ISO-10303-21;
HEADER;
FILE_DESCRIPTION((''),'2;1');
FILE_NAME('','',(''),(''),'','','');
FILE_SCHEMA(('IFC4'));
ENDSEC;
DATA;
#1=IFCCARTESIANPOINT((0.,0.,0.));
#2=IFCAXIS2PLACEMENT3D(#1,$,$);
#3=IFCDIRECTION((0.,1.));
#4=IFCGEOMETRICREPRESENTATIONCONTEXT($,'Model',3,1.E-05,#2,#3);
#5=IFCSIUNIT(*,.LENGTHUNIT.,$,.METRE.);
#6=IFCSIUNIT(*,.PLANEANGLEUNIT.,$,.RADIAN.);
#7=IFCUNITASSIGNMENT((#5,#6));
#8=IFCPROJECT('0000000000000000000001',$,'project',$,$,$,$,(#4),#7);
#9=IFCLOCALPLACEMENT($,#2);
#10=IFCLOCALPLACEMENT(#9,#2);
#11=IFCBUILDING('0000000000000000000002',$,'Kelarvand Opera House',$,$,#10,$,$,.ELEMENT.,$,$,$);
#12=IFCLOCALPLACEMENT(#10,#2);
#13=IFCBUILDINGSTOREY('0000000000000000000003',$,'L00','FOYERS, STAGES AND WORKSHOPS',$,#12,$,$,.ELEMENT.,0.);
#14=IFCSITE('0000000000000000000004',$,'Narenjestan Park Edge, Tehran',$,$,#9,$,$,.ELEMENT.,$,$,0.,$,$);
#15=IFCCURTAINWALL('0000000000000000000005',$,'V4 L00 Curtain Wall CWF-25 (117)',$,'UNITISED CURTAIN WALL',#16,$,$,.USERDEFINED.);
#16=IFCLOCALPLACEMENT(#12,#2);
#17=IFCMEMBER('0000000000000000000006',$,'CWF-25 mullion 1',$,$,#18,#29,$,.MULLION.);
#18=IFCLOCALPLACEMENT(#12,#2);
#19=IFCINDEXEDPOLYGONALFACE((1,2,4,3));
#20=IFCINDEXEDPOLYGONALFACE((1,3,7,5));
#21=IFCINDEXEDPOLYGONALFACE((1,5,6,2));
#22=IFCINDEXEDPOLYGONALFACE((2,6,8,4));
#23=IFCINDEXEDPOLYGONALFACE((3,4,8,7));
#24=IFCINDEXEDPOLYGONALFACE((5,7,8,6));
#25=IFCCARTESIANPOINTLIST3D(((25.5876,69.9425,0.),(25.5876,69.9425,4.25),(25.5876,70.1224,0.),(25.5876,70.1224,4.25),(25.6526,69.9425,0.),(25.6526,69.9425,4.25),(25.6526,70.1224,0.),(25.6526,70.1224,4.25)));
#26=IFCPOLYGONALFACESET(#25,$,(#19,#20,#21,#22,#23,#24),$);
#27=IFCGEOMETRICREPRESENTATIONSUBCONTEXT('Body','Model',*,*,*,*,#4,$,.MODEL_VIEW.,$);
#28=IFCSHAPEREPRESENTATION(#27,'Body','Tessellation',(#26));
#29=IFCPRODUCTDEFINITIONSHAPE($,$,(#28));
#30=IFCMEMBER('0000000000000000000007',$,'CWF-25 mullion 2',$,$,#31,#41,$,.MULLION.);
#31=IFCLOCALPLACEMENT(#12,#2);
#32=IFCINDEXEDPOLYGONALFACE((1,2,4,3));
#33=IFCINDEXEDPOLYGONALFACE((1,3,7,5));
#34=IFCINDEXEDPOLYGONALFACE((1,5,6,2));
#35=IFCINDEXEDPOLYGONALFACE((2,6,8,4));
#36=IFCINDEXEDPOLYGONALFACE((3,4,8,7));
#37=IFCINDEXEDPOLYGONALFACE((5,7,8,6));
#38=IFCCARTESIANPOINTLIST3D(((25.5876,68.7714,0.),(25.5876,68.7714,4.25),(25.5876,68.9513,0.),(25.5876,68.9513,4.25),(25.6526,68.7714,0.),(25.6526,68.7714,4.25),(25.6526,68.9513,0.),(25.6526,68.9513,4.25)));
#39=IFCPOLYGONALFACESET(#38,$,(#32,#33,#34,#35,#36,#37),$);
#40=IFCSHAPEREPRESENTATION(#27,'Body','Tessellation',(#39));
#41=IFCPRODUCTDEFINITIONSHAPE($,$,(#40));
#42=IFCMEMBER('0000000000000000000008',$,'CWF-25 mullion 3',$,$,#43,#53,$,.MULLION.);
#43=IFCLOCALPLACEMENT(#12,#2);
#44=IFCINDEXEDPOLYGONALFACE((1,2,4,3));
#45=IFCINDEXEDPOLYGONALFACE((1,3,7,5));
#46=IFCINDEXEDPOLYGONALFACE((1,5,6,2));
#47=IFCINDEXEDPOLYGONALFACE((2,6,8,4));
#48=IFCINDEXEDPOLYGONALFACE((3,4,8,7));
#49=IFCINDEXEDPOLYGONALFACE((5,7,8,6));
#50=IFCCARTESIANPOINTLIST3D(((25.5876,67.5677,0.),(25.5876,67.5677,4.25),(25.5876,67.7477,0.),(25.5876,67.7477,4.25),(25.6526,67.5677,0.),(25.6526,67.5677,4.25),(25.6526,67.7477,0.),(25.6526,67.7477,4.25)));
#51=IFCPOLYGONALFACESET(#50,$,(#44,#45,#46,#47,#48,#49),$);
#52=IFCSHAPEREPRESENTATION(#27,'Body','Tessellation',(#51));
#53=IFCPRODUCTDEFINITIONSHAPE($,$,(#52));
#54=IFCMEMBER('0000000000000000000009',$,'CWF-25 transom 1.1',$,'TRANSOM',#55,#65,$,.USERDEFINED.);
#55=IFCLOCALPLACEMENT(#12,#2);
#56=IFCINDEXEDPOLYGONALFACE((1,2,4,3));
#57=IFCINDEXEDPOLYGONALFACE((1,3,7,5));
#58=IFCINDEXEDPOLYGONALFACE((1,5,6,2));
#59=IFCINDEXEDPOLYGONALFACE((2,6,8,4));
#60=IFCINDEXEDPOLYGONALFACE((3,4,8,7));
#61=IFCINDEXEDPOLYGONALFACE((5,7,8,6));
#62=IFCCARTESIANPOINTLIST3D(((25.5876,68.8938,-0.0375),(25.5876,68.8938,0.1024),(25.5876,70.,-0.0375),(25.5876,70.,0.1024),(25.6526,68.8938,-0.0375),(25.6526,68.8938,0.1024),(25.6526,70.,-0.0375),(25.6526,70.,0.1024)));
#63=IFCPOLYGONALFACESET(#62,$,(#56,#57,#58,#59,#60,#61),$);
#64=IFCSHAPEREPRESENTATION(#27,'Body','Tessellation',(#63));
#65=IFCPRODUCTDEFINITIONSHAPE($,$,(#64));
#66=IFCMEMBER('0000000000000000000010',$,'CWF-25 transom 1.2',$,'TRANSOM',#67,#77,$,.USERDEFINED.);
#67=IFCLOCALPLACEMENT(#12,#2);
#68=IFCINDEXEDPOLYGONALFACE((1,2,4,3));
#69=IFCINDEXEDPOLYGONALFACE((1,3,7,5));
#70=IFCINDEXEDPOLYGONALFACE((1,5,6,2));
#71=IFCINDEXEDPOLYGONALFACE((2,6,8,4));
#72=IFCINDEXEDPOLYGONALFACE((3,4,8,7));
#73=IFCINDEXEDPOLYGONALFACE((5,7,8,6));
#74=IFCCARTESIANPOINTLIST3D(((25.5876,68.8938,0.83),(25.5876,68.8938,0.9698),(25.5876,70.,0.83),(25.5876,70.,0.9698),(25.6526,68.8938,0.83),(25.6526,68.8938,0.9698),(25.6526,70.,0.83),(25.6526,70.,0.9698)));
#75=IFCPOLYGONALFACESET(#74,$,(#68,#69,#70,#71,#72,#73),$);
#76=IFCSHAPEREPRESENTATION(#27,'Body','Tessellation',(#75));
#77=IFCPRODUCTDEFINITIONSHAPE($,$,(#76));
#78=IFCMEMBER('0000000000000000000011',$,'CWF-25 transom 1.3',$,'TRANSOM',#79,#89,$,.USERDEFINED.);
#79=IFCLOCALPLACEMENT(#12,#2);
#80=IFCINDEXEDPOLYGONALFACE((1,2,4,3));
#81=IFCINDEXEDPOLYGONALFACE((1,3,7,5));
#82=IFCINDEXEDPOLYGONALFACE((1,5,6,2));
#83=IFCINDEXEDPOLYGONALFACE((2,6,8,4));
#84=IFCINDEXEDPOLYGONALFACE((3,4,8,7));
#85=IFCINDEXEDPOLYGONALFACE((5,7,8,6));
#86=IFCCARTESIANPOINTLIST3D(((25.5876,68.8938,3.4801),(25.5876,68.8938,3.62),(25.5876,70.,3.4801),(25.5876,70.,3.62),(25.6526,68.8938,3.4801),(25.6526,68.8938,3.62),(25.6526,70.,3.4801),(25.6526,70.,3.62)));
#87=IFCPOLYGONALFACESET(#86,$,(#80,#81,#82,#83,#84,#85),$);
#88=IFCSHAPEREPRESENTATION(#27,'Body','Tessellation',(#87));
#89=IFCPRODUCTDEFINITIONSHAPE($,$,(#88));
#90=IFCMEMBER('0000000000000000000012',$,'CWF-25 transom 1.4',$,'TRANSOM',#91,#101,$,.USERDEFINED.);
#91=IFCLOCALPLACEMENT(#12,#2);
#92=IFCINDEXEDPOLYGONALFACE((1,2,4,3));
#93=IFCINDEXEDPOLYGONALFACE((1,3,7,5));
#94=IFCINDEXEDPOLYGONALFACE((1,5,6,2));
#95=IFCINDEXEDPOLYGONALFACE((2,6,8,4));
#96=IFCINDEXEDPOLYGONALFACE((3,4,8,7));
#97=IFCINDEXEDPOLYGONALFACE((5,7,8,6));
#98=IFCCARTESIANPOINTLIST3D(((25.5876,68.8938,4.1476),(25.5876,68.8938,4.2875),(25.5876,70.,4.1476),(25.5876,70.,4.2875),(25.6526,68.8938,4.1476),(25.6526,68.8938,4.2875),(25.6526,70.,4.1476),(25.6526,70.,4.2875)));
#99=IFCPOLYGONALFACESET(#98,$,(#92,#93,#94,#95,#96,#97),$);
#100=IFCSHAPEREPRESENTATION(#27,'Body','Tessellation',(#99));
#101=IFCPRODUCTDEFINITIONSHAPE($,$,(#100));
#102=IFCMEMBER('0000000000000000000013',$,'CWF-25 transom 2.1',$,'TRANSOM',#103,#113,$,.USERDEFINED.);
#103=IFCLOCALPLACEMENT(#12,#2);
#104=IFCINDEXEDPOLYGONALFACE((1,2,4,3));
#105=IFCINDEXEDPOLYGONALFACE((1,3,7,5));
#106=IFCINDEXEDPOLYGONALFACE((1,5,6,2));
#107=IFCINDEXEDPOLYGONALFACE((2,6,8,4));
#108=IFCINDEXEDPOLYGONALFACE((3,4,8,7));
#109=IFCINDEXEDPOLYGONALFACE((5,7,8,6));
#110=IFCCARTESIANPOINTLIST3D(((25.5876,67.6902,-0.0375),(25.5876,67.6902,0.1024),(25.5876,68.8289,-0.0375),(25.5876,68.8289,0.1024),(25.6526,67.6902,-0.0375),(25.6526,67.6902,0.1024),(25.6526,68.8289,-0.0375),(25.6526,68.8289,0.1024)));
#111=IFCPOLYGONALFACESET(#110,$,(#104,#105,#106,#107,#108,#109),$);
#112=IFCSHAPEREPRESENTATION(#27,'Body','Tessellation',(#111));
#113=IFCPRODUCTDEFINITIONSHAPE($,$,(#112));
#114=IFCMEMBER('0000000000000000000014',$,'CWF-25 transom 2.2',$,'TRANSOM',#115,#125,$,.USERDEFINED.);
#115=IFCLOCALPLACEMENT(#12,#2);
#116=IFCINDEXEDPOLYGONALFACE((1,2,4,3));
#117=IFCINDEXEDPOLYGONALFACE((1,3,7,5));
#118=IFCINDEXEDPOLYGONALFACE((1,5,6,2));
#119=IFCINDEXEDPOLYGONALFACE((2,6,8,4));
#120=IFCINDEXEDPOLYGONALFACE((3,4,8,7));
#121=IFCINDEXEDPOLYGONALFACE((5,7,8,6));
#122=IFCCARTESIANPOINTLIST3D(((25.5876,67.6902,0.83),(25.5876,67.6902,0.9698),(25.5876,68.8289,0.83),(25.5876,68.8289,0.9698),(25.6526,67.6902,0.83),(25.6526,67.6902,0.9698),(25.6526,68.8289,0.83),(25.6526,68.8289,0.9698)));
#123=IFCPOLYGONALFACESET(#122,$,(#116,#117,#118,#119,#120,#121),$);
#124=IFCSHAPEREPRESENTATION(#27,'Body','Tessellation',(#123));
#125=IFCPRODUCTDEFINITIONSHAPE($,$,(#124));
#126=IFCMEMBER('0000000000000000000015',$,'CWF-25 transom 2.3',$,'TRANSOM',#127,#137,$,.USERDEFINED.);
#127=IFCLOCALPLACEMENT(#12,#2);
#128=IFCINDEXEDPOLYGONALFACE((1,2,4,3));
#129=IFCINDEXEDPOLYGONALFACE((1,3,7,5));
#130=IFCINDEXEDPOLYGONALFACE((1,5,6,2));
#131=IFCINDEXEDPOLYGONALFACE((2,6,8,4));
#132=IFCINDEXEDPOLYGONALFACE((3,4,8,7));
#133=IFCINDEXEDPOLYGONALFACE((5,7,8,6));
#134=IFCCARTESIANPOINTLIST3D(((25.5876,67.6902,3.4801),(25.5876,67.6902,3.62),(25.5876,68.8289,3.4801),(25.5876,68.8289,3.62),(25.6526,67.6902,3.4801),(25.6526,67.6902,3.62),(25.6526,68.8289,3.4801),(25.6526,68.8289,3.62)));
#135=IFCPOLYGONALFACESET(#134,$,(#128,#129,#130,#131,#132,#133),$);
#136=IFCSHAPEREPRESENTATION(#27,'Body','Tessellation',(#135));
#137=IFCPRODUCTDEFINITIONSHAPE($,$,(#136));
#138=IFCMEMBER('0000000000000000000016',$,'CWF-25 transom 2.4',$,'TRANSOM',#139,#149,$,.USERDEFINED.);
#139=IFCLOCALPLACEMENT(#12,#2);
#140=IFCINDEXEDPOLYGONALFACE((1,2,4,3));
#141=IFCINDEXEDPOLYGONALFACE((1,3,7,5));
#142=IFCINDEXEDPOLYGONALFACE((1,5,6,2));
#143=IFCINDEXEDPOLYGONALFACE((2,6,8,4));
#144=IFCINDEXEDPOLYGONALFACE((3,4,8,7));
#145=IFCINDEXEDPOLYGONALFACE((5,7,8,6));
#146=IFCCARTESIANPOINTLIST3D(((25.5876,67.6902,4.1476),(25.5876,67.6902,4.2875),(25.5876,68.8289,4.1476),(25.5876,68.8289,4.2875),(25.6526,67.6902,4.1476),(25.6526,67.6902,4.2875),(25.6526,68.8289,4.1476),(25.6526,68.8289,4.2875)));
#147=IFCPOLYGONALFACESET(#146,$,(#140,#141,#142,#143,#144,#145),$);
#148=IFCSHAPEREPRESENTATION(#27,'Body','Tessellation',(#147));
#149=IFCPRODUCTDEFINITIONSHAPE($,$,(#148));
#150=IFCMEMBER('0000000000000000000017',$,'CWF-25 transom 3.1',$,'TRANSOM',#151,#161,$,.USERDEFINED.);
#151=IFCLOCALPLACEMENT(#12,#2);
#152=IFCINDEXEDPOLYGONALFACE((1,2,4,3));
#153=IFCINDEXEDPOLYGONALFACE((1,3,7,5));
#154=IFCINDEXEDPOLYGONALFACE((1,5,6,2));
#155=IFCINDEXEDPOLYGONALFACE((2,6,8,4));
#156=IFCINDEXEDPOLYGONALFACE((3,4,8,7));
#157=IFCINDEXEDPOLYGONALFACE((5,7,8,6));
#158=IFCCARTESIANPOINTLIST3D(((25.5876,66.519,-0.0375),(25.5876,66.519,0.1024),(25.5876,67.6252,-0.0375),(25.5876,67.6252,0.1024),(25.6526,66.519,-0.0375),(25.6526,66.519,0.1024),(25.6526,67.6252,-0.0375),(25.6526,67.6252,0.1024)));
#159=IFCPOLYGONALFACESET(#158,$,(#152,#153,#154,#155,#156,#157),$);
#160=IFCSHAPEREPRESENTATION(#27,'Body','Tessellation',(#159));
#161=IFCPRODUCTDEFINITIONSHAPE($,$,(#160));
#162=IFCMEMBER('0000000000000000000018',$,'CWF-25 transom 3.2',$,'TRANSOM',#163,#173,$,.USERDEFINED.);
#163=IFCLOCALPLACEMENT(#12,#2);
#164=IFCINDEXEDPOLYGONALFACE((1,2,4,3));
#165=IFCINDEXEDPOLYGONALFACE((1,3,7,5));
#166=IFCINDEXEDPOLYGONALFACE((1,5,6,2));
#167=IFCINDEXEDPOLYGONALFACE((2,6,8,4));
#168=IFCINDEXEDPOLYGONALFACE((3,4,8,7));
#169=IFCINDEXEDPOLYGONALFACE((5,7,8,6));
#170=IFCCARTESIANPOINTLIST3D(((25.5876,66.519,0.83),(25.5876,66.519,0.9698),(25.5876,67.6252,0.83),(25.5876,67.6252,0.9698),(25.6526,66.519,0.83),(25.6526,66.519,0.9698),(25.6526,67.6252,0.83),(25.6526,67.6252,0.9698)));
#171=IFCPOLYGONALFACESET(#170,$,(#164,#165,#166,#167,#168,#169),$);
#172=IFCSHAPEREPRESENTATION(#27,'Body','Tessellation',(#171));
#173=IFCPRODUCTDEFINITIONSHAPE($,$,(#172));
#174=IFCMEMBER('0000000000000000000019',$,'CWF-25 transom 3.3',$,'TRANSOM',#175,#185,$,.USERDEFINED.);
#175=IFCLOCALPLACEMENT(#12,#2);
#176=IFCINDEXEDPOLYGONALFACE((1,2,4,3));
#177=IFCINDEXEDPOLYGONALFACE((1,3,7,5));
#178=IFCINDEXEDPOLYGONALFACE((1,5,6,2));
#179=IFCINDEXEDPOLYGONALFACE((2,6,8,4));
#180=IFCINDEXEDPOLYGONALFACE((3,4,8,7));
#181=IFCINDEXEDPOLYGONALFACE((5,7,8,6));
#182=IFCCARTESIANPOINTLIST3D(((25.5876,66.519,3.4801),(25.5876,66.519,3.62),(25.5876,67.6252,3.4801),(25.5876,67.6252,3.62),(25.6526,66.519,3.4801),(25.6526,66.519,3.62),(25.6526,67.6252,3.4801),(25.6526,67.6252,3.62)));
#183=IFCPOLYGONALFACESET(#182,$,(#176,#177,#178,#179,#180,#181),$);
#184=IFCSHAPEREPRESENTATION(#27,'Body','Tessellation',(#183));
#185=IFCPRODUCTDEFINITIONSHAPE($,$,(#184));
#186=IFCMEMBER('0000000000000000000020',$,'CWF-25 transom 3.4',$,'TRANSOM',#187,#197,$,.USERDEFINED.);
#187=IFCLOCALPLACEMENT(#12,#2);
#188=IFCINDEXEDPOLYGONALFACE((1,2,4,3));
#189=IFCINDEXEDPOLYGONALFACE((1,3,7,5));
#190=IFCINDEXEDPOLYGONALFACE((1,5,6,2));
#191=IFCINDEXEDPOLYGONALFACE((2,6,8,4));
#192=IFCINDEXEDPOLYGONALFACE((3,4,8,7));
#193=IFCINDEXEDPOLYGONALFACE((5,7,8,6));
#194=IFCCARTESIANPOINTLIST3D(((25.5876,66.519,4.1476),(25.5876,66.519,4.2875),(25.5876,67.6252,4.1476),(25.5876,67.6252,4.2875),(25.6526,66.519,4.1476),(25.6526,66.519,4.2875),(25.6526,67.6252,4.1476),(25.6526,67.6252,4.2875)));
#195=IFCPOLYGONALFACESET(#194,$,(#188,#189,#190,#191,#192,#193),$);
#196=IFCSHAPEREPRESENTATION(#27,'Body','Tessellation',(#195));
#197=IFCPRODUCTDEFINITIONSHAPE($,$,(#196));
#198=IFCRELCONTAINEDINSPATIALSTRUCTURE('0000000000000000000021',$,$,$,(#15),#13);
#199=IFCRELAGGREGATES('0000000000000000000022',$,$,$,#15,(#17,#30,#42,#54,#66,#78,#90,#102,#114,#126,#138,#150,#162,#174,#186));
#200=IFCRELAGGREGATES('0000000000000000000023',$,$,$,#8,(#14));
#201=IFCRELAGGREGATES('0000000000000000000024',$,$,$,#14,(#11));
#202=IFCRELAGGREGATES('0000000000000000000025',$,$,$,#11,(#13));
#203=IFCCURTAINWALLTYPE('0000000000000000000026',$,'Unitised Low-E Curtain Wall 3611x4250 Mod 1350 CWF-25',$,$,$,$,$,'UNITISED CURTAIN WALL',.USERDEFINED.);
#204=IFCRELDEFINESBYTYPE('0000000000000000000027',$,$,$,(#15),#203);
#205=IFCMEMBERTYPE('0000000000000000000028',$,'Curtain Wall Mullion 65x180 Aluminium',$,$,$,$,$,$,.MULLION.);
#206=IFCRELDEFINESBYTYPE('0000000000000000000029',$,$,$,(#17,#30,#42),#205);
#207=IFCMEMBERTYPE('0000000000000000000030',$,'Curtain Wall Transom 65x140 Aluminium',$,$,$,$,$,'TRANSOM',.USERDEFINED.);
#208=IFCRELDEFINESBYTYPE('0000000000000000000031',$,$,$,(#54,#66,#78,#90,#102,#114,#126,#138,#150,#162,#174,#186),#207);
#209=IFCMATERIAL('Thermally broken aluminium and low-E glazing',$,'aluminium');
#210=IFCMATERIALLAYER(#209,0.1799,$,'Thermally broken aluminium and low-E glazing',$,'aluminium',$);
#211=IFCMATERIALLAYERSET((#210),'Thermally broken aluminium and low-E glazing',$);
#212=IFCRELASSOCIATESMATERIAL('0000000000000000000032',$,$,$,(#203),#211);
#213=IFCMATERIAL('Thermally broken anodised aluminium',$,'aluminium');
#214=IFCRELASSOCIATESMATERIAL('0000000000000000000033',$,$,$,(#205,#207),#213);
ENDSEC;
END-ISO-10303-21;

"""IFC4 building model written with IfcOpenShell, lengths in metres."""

from ifc_helpers import new_model, si_unit, direction, frame, origin, origin_2d, place, context, subcontext, project, spatial, rectangle, extrude, material, layer, layer_set, material_profile, profile_set, type_object, element, aggregate, save


model = new_model("IFC4")

# Units and contexts
model_context = context("Model", 3, precision=1e-05, world=origin(), true_north=direction((0.0, 1.0)))
body_context = subcontext(model_context, "Body", "Model", "MODEL_VIEW")
ifc_project = project(units=[si_unit("LENGTHUNIT", "METRE"), si_unit("PLANEANGLEUNIT", "RADIAN")], contexts=[model_context])

# Site, building, storey
site_placement = place(None, origin())
site = spatial("IfcSite", under=ifc_project, at=site_placement, Name="Narenjestan Park Edge, Tehran", CompositionType="ELEMENT", RefElevation=0.0)
building_placement = place(site_placement, origin())
building = spatial("IfcBuilding", under=site, at=building_placement, Name="Kelarvand Opera House", CompositionType="ELEMENT")
storey_placement = place(building_placement, origin())
storey = spatial("IfcBuildingStorey", under=building, at=storey_placement, Name="L00", Description="FOYERS, STAGES AND WORKSHOPS", CompositionType="ELEMENT", Elevation=0.0)

# Curtain wall, members
ifc_material_1 = material(Name="Thermally broken aluminium and low-E glazing", Category="aluminium")
ifc_layer_1 = layer(ifc_material_1, 0.1799, Name="Thermally broken aluminium and low-E glazing", Category="aluminium")
ifc_layer_set_1 = layer_set([ifc_layer_1], Name="Thermally broken aluminium and low-E glazing")
curtain_wall_type = type_object("IfcCurtainWallType", Name="Unitised Low-E Curtain Wall 3611x4250 Mod 1350 CWF-25", ElementType="UNITISED CURTAIN WALL", PredefinedType="USERDEFINED", material=ifc_layer_set_1)
curtain_wall_placement = place(storey_placement, origin())
curtain_wall = element("IfcCurtainWall", 1, at=curtain_wall_placement, inside=storey, type_object=curtain_wall_type, Name="V4 L00 Curtain Wall CWF-25 (117)", ObjectType="UNITISED CURTAIN WALL", PredefinedType="USERDEFINED")
ifc_material_2 = material(Name="Thermally broken anodised aluminium", Category="aluminium")
ifc_material_profile_1 = material_profile(ifc_material_2, rectangle(XDim=0.0649, YDim=0.1799, at=origin_2d()), Name="ALU MULLION 65x180", Category="aluminium")
ifc_profile_set_1 = profile_set([ifc_material_profile_1], Name="Thermally broken anodised aluminium")
member_type_1 = type_object("IfcMemberType", Name="Curtain Wall Mullion 65x180 Aluminium", PredefinedType="MULLION", material=ifc_profile_set_1)
member_1_placement = place(storey_placement, frame((25.6201, 70.0325, 0.0), z_axis=(0.0, 0.0, 1.0), x_axis=(1.0, 0.0, 0.0)))
member_1 = element("IfcMember", 2, at=member_1_placement, type_object=member_type_1, Name="CWF-25 mullion 1", PredefinedType="MULLION", context=body_context, shape_type="SweptSolid", body=[
    extrude(rectangle(XDim=0.0649, YDim=0.1799, at=origin_2d()), origin(), (0.0, 0.0, 1.0), 4.25),
])
member_2_placement = place(storey_placement, frame((25.6201, 68.8613, 0.0), z_axis=(0.0, 0.0, 1.0), x_axis=(1.0, 0.0, 0.0)))
member_2 = element("IfcMember", 3, at=member_2_placement, type_object=member_type_1, Name="CWF-25 mullion 2", PredefinedType="MULLION", context=body_context, shape_type="SweptSolid", body=[
    extrude(rectangle(XDim=0.0649, YDim=0.1799, at=origin_2d()), origin(), (0.0, 0.0, 1.0), 4.25),
])
member_3_placement = place(storey_placement, frame((25.6201, 67.6577, 0.0), z_axis=(0.0, 0.0, 1.0), x_axis=(1.0, 0.0, 0.0)))
member_3 = element("IfcMember", 4, at=member_3_placement, type_object=member_type_1, Name="CWF-25 mullion 3", PredefinedType="MULLION", context=body_context, shape_type="SweptSolid", body=[
    extrude(rectangle(XDim=0.0649, YDim=0.1799, at=origin_2d()), origin(), (0.0, 0.0, 1.0), 4.25),
])
ifc_material_profile_2 = material_profile(ifc_material_2, rectangle(XDim=0.0649, YDim=0.1399, at=origin_2d()), Name="ALU TRANSOM 65x140", Category="aluminium")
ifc_profile_set_2 = profile_set([ifc_material_profile_2], Name="Thermally broken anodised aluminium")
member_type_2 = type_object("IfcMemberType", Name="Curtain Wall Transom 65x140 Aluminium", ElementType="TRANSOM", PredefinedType="USERDEFINED", material=ifc_profile_set_2)
member_4_placement = place(storey_placement, frame((25.6201, 70.0, 0.0325), z_axis=(0.0, -1.0, 0.0), x_axis=(1.0, 0.0, 0.0)))
member_4 = element("IfcMember", 5, at=member_4_placement, type_object=member_type_2, Name="CWF-25 transom 1.1", ObjectType="TRANSOM", PredefinedType="USERDEFINED", context=body_context, shape_type="SweptSolid", body=[
    extrude(rectangle(XDim=0.0649, YDim=0.1399, at=origin_2d()), origin(), (0.0, 0.0, 1.0), 1.1062),
])
member_5_placement = place(storey_placement, frame((25.6201, 70.0, 0.8999), z_axis=(0.0, -1.0, 0.0), x_axis=(1.0, 0.0, 0.0)))
member_5 = element("IfcMember", 6, at=member_5_placement, type_object=member_type_2, Name="CWF-25 transom 1.2", ObjectType="TRANSOM", PredefinedType="USERDEFINED", context=body_context, shape_type="SweptSolid", body=[
    extrude(rectangle(XDim=0.0649, YDim=0.1399, at=origin_2d()), origin(), (0.0, 0.0, 1.0), 1.1062),
])
member_6_placement = place(storey_placement, frame((25.6201, 70.0, 3.55), z_axis=(0.0, -1.0, 0.0), x_axis=(1.0, 0.0, 0.0)))
member_6 = element("IfcMember", 7, at=member_6_placement, type_object=member_type_2, Name="CWF-25 transom 1.3", ObjectType="TRANSOM", PredefinedType="USERDEFINED", context=body_context, shape_type="SweptSolid", body=[
    extrude(rectangle(XDim=0.0649, YDim=0.1399, at=origin_2d()), origin(), (0.0, 0.0, 1.0), 1.1062),
])
member_7_placement = place(storey_placement, frame((25.6201, 70.0, 4.2175), z_axis=(0.0, -1.0, 0.0), x_axis=(1.0, 0.0, 0.0)))
member_7 = element("IfcMember", 8, at=member_7_placement, type_object=member_type_2, Name="CWF-25 transom 1.4", ObjectType="TRANSOM", PredefinedType="USERDEFINED", context=body_context, shape_type="SweptSolid", body=[
    extrude(rectangle(XDim=0.0649, YDim=0.1399, at=origin_2d()), origin(), (0.0, 0.0, 1.0), 1.1062),
])
member_8_placement = place(storey_placement, frame((25.6201, 68.8289, 0.0325), z_axis=(0.0, -1.0, 0.0), x_axis=(1.0, 0.0, 0.0)))
member_8 = element("IfcMember", 9, at=member_8_placement, type_object=member_type_2, Name="CWF-25 transom 2.1", ObjectType="TRANSOM", PredefinedType="USERDEFINED", context=body_context, shape_type="SweptSolid", body=[
    extrude(rectangle(XDim=0.0649, YDim=0.1399, at=origin_2d()), origin(), (0.0, 0.0, 1.0), 1.1387),
])
member_9_placement = place(storey_placement, frame((25.6201, 68.8289, 0.8999), z_axis=(0.0, -1.0, 0.0), x_axis=(1.0, 0.0, 0.0)))
member_9 = element("IfcMember", 10, at=member_9_placement, type_object=member_type_2, Name="CWF-25 transom 2.2", ObjectType="TRANSOM", PredefinedType="USERDEFINED", context=body_context, shape_type="SweptSolid", body=[
    extrude(rectangle(XDim=0.0649, YDim=0.1399, at=origin_2d()), origin(), (0.0, 0.0, 1.0), 1.1387),
])
member_10_placement = place(storey_placement, frame((25.6201, 68.8289, 3.55), z_axis=(0.0, -1.0, 0.0), x_axis=(1.0, 0.0, 0.0)))
member_10 = element("IfcMember", 11, at=member_10_placement, type_object=member_type_2, Name="CWF-25 transom 2.3", ObjectType="TRANSOM", PredefinedType="USERDEFINED", context=body_context, shape_type="SweptSolid", body=[
    extrude(rectangle(XDim=0.0649, YDim=0.1399, at=origin_2d()), origin(), (0.0, 0.0, 1.0), 1.1387),
])
member_11_placement = place(storey_placement, frame((25.6201, 68.8289, 4.2175), z_axis=(0.0, -1.0, 0.0), x_axis=(1.0, 0.0, 0.0)))
member_11 = element("IfcMember", 12, at=member_11_placement, type_object=member_type_2, Name="CWF-25 transom 2.4", ObjectType="TRANSOM", PredefinedType="USERDEFINED", context=body_context, shape_type="SweptSolid", body=[
    extrude(rectangle(XDim=0.0649, YDim=0.1399, at=origin_2d()), origin(), (0.0, 0.0, 1.0), 1.1387),
])
member_12_placement = place(storey_placement, frame((25.6201, 67.6252, 0.0325), z_axis=(0.0, -1.0, 0.0), x_axis=(1.0, 0.0, 0.0)))
member_12 = element("IfcMember", 13, at=member_12_placement, type_object=member_type_2, Name="CWF-25 transom 3.1", ObjectType="TRANSOM", PredefinedType="USERDEFINED", context=body_context, shape_type="SweptSolid", body=[
    extrude(rectangle(XDim=0.0649, YDim=0.1399, at=origin_2d()), origin(), (0.0, 0.0, 1.0), 1.1062),
])
member_13_placement = place(storey_placement, frame((25.6201, 67.6252, 0.8999), z_axis=(0.0, -1.0, 0.0), x_axis=(1.0, 0.0, 0.0)))
member_13 = element("IfcMember", 14, at=member_13_placement, type_object=member_type_2, Name="CWF-25 transom 3.2", ObjectType="TRANSOM", PredefinedType="USERDEFINED", context=body_context, shape_type="SweptSolid", body=[
    extrude(rectangle(XDim=0.0649, YDim=0.1399, at=origin_2d()), origin(), (0.0, 0.0, 1.0), 1.1062),
])
member_14_placement = place(storey_placement, frame((25.6201, 67.6252, 3.55), z_axis=(0.0, -1.0, 0.0), x_axis=(1.0, 0.0, 0.0)))
member_14 = element("IfcMember", 15, at=member_14_placement, type_object=member_type_2, Name="CWF-25 transom 3.3", ObjectType="TRANSOM", PredefinedType="USERDEFINED", context=body_context, shape_type="SweptSolid", body=[
    extrude(rectangle(XDim=0.0649, YDim=0.1399, at=origin_2d()), origin(), (0.0, 0.0, 1.0), 1.1062),
])
member_15_placement = place(storey_placement, frame((25.6201, 67.6252, 4.2175), z_axis=(0.0, -1.0, 0.0), x_axis=(1.0, 0.0, 0.0)))
member_15 = element("IfcMember", 16, at=member_15_placement, type_object=member_type_2, Name="CWF-25 transom 3.4", ObjectType="TRANSOM", PredefinedType="USERDEFINED", context=body_context, shape_type="SweptSolid", body=[
    extrude(rectangle(XDim=0.0649, YDim=0.1399, at=origin_2d()), origin(), (0.0, 0.0, 1.0), 1.1062),
])
aggregate(curtain_wall, [member_1, member_2, member_3, member_4, member_5, member_6, member_7, member_8, member_9, member_10, member_11, member_12, member_13, member_14, member_15])

save(model, "model.ifc")
